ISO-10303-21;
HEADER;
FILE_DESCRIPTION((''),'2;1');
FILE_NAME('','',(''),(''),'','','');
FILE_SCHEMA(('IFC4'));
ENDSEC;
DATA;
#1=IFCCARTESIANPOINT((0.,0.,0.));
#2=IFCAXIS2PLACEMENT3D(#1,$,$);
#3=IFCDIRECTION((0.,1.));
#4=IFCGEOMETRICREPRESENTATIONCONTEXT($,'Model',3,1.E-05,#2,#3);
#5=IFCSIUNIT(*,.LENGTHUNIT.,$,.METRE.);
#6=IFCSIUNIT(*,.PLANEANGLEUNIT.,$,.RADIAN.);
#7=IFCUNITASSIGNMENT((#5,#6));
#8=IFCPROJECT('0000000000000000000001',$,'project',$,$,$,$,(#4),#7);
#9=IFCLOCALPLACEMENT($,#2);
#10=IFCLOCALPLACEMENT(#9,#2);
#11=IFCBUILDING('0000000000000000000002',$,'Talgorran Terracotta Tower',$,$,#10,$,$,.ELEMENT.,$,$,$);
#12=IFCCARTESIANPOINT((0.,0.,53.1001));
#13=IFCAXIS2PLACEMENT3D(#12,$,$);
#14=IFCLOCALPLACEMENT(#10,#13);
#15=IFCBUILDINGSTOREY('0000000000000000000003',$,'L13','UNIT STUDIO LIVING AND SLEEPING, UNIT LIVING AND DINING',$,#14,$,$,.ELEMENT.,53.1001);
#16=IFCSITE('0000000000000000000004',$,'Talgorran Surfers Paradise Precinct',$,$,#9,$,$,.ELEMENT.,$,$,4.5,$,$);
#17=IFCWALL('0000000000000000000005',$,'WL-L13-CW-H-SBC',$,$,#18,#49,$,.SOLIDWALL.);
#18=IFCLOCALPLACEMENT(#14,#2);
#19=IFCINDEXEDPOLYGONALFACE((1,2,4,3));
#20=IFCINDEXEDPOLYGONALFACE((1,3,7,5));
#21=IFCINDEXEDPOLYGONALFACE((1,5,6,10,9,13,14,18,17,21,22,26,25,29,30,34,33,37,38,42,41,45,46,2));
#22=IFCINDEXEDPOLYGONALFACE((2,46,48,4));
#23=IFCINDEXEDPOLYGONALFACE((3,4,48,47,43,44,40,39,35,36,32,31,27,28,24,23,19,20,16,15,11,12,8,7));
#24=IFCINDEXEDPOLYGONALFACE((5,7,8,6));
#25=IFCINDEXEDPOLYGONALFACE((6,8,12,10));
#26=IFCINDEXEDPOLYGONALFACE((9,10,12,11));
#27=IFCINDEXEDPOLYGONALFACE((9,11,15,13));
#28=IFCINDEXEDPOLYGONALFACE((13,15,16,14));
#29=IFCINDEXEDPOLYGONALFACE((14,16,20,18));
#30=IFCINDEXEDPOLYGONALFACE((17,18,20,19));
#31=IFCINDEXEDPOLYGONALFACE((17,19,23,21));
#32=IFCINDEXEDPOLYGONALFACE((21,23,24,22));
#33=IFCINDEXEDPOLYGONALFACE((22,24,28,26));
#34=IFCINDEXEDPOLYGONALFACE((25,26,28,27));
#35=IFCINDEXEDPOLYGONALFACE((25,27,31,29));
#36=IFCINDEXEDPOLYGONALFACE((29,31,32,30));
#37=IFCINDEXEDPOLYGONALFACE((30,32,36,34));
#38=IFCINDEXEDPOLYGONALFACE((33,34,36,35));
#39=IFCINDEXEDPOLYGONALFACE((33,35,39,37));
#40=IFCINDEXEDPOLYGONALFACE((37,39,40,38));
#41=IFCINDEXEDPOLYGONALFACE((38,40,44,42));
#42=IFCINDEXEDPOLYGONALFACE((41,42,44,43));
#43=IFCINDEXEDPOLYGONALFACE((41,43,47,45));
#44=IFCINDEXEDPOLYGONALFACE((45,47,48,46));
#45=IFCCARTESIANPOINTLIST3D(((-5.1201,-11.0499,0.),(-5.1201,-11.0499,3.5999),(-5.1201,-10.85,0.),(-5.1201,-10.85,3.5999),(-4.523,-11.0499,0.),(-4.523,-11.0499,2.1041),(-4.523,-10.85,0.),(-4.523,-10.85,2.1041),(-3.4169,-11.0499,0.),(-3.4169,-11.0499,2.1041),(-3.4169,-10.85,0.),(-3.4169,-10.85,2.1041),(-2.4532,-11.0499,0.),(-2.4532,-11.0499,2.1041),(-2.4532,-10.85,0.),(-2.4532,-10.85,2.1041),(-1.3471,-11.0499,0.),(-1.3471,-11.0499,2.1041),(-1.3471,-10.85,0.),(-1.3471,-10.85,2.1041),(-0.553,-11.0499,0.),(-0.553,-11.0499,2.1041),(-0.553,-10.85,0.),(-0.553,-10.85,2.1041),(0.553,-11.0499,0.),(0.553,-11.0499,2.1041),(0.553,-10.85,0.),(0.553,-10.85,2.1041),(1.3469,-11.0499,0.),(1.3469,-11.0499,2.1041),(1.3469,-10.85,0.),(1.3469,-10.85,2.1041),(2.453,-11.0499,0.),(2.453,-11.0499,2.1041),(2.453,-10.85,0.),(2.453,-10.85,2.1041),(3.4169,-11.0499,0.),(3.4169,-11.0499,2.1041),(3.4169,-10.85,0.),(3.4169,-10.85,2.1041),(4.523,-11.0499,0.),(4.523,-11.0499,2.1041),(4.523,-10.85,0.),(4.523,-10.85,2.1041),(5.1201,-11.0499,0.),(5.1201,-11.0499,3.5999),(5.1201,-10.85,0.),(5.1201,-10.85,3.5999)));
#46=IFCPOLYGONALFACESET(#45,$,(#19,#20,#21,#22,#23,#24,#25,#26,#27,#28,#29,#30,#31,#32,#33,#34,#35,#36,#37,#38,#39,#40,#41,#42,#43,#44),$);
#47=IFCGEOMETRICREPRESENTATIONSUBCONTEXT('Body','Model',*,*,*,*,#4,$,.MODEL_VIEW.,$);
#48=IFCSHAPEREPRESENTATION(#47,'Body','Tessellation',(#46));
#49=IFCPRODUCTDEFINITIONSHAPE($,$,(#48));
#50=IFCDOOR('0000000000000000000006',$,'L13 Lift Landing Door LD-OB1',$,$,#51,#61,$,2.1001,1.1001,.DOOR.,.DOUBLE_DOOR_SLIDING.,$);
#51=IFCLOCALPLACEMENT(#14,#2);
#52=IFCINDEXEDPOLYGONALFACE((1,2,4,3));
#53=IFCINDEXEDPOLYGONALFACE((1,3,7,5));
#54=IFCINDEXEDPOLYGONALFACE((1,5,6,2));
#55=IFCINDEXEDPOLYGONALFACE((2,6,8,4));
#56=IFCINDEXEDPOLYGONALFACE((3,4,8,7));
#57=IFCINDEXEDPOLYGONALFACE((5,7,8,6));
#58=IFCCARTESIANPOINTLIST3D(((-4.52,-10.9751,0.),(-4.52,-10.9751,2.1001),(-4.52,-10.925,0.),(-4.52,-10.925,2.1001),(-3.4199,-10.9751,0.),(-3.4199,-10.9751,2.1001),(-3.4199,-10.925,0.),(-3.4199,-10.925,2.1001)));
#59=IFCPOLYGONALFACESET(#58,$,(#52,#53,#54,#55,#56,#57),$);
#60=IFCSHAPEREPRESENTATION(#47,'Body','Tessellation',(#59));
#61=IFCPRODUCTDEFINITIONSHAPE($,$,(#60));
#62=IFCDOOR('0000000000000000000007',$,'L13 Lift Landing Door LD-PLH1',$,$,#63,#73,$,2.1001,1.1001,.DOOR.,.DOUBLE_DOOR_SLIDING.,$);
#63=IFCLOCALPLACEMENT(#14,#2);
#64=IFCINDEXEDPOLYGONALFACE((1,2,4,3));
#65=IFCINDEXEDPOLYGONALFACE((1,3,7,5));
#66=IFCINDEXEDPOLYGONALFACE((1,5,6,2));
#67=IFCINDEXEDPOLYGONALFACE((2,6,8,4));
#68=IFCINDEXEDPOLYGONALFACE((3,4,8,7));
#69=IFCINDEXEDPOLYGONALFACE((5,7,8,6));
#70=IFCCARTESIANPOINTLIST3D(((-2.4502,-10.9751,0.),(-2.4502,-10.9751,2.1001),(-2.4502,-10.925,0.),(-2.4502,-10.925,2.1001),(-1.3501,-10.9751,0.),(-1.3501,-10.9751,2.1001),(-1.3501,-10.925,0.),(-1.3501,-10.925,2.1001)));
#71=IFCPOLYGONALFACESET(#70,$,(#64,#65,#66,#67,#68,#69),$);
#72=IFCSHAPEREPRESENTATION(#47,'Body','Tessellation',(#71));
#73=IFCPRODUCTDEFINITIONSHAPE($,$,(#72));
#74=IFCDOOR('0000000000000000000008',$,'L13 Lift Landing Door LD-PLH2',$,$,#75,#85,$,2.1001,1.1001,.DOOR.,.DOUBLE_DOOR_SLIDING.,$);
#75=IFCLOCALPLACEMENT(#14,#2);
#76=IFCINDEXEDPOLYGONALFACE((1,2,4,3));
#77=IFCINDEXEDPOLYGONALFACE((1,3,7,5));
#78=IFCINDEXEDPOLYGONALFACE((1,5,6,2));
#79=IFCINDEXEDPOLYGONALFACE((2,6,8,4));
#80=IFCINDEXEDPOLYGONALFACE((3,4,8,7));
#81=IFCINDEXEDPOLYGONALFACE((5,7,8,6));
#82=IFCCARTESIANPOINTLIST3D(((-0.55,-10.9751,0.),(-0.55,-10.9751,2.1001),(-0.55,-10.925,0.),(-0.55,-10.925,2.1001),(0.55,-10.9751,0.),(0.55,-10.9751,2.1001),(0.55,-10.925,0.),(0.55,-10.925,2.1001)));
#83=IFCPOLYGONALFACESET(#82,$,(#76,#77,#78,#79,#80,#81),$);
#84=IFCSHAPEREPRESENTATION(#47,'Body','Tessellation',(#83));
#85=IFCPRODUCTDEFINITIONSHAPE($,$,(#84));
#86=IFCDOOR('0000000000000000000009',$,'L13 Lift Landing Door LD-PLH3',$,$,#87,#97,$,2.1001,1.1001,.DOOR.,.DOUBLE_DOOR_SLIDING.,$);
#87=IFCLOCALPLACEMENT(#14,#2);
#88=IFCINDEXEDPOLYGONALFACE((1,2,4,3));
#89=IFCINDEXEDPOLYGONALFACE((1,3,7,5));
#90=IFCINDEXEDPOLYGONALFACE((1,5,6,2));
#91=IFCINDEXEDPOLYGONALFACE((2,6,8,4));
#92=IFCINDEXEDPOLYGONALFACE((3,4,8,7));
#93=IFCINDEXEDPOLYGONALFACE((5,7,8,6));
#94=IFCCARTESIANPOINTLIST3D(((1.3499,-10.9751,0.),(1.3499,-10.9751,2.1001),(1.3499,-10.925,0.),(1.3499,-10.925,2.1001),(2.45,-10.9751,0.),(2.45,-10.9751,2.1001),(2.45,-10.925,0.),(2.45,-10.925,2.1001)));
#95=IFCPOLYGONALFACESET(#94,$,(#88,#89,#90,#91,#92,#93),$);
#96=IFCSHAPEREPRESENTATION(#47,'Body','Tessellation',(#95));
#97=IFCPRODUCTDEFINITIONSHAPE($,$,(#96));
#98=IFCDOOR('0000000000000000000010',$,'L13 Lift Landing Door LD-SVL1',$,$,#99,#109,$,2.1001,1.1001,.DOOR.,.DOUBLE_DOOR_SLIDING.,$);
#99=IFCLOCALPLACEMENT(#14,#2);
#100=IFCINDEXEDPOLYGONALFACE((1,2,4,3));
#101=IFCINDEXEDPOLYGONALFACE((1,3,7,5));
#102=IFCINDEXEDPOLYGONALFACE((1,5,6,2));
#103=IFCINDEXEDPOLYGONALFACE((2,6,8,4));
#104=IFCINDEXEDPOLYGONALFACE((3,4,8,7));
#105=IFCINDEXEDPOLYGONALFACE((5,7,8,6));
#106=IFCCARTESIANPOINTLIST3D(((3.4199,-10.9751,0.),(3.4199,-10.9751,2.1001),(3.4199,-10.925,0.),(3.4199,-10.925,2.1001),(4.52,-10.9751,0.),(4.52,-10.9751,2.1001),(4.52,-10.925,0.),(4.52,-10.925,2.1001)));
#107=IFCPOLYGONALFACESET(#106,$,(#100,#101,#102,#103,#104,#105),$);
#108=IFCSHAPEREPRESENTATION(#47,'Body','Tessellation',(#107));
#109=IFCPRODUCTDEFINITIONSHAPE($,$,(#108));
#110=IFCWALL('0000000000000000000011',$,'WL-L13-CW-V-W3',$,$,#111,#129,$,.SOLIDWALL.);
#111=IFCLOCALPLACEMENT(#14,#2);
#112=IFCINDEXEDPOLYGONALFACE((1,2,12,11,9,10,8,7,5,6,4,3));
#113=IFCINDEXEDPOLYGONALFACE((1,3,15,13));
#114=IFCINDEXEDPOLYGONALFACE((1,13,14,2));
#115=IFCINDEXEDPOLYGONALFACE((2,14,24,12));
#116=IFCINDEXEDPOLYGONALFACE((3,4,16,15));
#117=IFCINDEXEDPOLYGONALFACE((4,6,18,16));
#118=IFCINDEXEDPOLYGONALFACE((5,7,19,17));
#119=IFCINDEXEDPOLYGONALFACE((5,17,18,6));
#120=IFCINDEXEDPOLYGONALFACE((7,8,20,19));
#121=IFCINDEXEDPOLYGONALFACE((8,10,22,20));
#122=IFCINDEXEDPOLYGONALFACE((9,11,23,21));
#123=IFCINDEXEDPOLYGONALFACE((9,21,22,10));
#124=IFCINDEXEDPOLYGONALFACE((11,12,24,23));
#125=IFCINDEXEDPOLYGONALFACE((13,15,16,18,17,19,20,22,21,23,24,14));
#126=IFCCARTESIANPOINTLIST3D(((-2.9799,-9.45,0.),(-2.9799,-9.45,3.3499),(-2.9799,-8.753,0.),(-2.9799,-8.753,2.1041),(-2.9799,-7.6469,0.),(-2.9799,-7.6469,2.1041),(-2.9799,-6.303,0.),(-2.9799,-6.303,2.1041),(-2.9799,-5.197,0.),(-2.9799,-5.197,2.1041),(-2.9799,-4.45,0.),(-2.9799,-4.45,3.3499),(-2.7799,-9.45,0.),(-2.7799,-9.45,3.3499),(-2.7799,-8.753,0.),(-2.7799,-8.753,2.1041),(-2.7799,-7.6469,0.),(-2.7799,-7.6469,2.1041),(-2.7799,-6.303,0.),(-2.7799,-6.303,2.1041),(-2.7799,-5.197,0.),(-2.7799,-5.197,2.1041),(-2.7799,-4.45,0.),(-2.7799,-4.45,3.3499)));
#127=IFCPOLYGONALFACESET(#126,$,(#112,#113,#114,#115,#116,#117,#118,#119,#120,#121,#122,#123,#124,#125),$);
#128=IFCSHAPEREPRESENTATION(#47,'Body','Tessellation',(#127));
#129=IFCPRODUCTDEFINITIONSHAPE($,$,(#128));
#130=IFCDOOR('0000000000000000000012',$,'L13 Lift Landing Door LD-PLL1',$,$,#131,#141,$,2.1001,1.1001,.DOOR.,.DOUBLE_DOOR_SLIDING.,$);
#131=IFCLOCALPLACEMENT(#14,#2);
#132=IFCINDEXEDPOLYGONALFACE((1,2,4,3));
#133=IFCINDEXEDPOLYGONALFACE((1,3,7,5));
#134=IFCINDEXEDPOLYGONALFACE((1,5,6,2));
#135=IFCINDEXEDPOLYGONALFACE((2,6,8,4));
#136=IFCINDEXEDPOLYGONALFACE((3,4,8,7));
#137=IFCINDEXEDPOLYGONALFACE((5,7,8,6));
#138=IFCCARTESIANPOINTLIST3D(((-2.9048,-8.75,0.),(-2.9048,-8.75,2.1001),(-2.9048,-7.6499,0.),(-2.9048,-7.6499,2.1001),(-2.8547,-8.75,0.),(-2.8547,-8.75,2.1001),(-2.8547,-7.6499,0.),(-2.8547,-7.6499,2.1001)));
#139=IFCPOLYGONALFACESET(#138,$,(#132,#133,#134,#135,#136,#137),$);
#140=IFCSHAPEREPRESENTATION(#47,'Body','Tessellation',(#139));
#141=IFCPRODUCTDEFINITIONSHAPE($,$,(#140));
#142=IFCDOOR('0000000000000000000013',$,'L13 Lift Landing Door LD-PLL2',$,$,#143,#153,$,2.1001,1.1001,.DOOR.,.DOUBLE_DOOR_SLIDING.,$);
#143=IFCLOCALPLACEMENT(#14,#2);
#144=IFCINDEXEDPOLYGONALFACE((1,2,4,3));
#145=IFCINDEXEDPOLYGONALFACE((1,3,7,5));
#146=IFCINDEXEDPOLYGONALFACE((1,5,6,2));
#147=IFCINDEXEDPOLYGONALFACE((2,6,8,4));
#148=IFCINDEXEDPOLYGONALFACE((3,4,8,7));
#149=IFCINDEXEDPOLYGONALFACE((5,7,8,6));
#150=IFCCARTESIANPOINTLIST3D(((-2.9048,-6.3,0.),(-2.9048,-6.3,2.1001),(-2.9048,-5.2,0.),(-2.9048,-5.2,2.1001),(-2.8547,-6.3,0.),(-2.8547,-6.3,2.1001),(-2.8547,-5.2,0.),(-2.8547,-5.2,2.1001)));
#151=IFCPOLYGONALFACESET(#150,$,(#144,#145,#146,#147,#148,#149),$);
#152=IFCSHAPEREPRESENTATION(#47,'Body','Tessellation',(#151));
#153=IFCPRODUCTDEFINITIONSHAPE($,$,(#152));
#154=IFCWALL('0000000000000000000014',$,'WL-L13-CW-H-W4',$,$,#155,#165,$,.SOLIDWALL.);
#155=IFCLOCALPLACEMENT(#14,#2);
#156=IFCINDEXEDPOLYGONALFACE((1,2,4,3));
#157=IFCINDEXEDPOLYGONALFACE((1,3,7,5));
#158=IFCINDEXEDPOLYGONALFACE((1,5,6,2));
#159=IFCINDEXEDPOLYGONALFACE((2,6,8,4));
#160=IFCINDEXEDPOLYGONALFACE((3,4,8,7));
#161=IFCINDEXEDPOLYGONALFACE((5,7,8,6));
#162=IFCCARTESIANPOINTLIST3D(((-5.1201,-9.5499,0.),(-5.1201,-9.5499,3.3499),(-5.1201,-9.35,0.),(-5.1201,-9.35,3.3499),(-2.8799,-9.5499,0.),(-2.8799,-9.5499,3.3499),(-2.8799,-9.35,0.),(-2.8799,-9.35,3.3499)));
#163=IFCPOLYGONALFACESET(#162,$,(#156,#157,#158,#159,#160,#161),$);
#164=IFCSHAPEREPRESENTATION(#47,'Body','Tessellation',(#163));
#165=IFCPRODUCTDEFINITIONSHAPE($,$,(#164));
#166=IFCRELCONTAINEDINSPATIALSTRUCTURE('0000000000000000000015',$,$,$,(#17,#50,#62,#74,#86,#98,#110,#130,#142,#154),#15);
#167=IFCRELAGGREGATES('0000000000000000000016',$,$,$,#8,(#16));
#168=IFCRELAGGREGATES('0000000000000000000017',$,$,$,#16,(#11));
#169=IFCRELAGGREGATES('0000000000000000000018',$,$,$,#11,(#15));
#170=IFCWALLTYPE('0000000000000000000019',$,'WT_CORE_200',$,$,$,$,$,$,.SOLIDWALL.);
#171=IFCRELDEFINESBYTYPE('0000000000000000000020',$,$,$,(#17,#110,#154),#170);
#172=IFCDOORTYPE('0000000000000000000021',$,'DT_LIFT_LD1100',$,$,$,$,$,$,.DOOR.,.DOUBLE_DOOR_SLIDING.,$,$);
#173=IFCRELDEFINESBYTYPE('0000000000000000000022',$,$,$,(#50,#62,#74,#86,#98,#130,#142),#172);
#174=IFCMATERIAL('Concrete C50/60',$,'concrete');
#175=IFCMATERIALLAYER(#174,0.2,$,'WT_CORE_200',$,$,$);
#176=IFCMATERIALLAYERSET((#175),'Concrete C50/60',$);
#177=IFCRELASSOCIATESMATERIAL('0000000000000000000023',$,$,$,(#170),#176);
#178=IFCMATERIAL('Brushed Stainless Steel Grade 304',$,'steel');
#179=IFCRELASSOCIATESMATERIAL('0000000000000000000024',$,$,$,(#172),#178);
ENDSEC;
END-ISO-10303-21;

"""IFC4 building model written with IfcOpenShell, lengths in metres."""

from ifc_helpers import new_model, si_unit, direction, frame, frame_2d, origin, place, context, subcontext, project, spatial, rectangle, extrude, material, layer, layer_set, type_object, element, fill, save


model = new_model("IFC4")

# Units and contexts
model_context = context("Model", 3, precision=1e-05, world=origin(), true_north=direction((0.0, 1.0)))
body_context = subcontext(model_context, "Body", "Model", "MODEL_VIEW")
ifc_project = project(units=[si_unit("LENGTHUNIT", "METRE"), si_unit("PLANEANGLEUNIT", "RADIAN")], contexts=[model_context])

# Site, building, storey
site_placement = place(None, origin())
site = spatial("IfcSite", under=ifc_project, at=site_placement, Name="Talgorran Surfers Paradise Precinct", CompositionType="ELEMENT", RefElevation=4.5)
building_placement = place(site_placement, origin())
building = spatial("IfcBuilding", under=site, at=building_placement, Name="Talgorran Terracotta Tower", CompositionType="ELEMENT")
storey_placement = place(building_placement, frame((0.0, 0.0, 53.1001)))
storey = spatial("IfcBuildingStorey", under=building, at=storey_placement, Name="L13", Description="UNIT STUDIO LIVING AND SLEEPING, UNIT LIVING AND DINING", CompositionType="ELEMENT", Elevation=53.1001)

# Walls, openings, doors
ifc_material_1 = material(Name="Concrete C50/60", Category="concrete")
ifc_layer_1 = layer(ifc_material_1, 0.2, Name="WT_CORE_200")
ifc_layer_set_1 = layer_set([ifc_layer_1], Name="Concrete C50/60")
wall_type_1 = type_object("IfcWallType", Name="WT_CORE_200", PredefinedType="SOLIDWALL", material=ifc_layer_set_1)
ifc_material_2 = material(Name="Brushed Stainless Steel Grade 304", Category="steel")
door_type_1 = type_object("IfcDoorType", Name="DT_LIFT_LD1100", OperationType="DOUBLE_DOOR_SLIDING", PredefinedType="DOOR", material=ifc_material_2)
wall_1_placement = place(storey_placement, frame((-5.1201, -10.95, 0.0), z_axis=(0.0, 0.0, 1.0), x_axis=(1.0, 0.0, 0.0)))
wall_1 = element("IfcWall", 1, at=wall_1_placement, inside=storey, type_object=wall_type_1, Name="WL-L13-CW-H-SBC", PredefinedType="SOLIDWALL", context=body_context, shape_type="SweptSolid", body=[
    extrude(rectangle(XDim=10.2402, YDim=0.2, at=frame_2d((5.1201, 0.0))), origin(), (0.0, 0.0, 1.0), 3.5999),
])
opening_1_placement = place(wall_1_placement, frame((0.6001, 0.0, 0.0)))
opening_1 = element("IfcOpeningElement", 2, at=opening_1_placement, cuts=wall_1, PredefinedType="OPENING", context=body_context, shape_type="SweptSolid", body=[
    extrude(rectangle(XDim=1.1061, YDim=2.1041, at=frame_2d((0.55, 1.052))), frame((0.0, 0.1099, 0.0), z_axis=(0.0, -1.0, 0.0), x_axis=(1.0, 0.0, 0.0)), (0.0, 0.0, 1.0), 0.22),
])
opening_2_placement = place(wall_1_placement, frame((2.6699, 0.0, 0.0)))
opening_2 = element("IfcOpeningElement", 3, at=opening_2_placement, cuts=wall_1, PredefinedType="OPENING", context=body_context, shape_type="SweptSolid", body=[
    extrude(rectangle(XDim=1.1061, YDim=2.1041, at=frame_2d((0.55, 1.052))), frame((0.0, 0.1099, 0.0), z_axis=(0.0, -1.0, 0.0), x_axis=(1.0, 0.0, 0.0)), (0.0, 0.0, 1.0), 0.22),
])
opening_3_placement = place(wall_1_placement, frame((4.5701, 0.0, 0.0)))
opening_3 = element("IfcOpeningElement", 4, at=opening_3_placement, cuts=wall_1, PredefinedType="OPENING", context=body_context, shape_type="SweptSolid", body=[
    extrude(rectangle(XDim=1.1061, YDim=2.1041, at=frame_2d((0.55, 1.052))), frame((0.0, 0.1099, 0.0), z_axis=(0.0, -1.0, 0.0), x_axis=(1.0, 0.0, 0.0)), (0.0, 0.0, 1.0), 0.22),
])
opening_4_placement = place(wall_1_placement, frame((6.47, 0.0, 0.0)))
opening_4 = element("IfcOpeningElement", 5, at=opening_4_placement, cuts=wall_1, PredefinedType="OPENING", context=body_context, shape_type="SweptSolid", body=[
    extrude(rectangle(XDim=1.1061, YDim=2.1041, at=frame_2d((0.55, 1.052))), frame((0.0, 0.1099, 0.0), z_axis=(0.0, -1.0, 0.0), x_axis=(1.0, 0.0, 0.0)), (0.0, 0.0, 1.0), 0.22),
])
opening_5_placement = place(wall_1_placement, frame((8.54, 0.0, 0.0)))
opening_5 = element("IfcOpeningElement", 6, at=opening_5_placement, cuts=wall_1, PredefinedType="OPENING", context=body_context, shape_type="SweptSolid", body=[
    extrude(rectangle(XDim=1.1061, YDim=2.1041, at=frame_2d((0.55, 1.052))), frame((0.0, 0.1099, 0.0), z_axis=(0.0, -1.0, 0.0), x_axis=(1.0, 0.0, 0.0)), (0.0, 0.0, 1.0), 0.22),
])
door_1_placement = place(opening_1_placement, origin())
door_1 = element("IfcDoor", 7, at=door_1_placement, inside=storey, type_object=door_type_1, Name="L13 Lift Landing Door LD-OB1", OperationType="DOUBLE_DOOR_SLIDING", OverallHeight=2.1001, OverallWidth=1.1001, PredefinedType="DOOR", context=body_context, shape_type="SweptSolid", body=[
    extrude(rectangle(XDim=1.1001, YDim=2.1001, at=frame_2d((0.55, 1.05))), frame((0.0, 0.0249, 0.0), z_axis=(0.0, -1.0, 0.0), x_axis=(1.0, 0.0, 0.0)), (0.0, 0.0, 1.0), 0.05),
])
fill(opening_1, door_1)
door_2_placement = place(opening_2_placement, origin())
door_2 = element("IfcDoor", 8, at=door_2_placement, inside=storey, type_object=door_type_1, Name="L13 Lift Landing Door LD-PLH1", OperationType="DOUBLE_DOOR_SLIDING", OverallHeight=2.1001, OverallWidth=1.1001, PredefinedType="DOOR", context=body_context, shape_type="SweptSolid", body=[
    extrude(rectangle(XDim=1.1001, YDim=2.1001, at=frame_2d((0.55, 1.05))), frame((0.0, 0.0249, 0.0), z_axis=(0.0, -1.0, 0.0), x_axis=(1.0, 0.0, 0.0)), (0.0, 0.0, 1.0), 0.05),
])
fill(opening_2, door_2)
door_3_placement = place(opening_3_placement, origin())
door_3 = element("IfcDoor", 9, at=door_3_placement, inside=storey, type_object=door_type_1, Name="L13 Lift Landing Door LD-PLH2", OperationType="DOUBLE_DOOR_SLIDING", OverallHeight=2.1001, OverallWidth=1.1001, PredefinedType="DOOR", context=body_context, shape_type="SweptSolid", body=[
    extrude(rectangle(XDim=1.1001, YDim=2.1001, at=frame_2d((0.55, 1.05))), frame((0.0, 0.0249, 0.0), z_axis=(0.0, -1.0, 0.0), x_axis=(1.0, 0.0, 0.0)), (0.0, 0.0, 1.0), 0.05),
])
fill(opening_3, door_3)
door_4_placement = place(opening_4_placement, origin())
door_4 = element("IfcDoor", 10, at=door_4_placement, inside=storey, type_object=door_type_1, Name="L13 Lift Landing Door LD-PLH3", OperationType="DOUBLE_DOOR_SLIDING", OverallHeight=2.1001, OverallWidth=1.1001, PredefinedType="DOOR", context=body_context, shape_type="SweptSolid", body=[
    extrude(rectangle(XDim=1.1001, YDim=2.1001, at=frame_2d((0.55, 1.05))), frame((0.0, 0.0249, 0.0), z_axis=(0.0, -1.0, 0.0), x_axis=(1.0, 0.0, 0.0)), (0.0, 0.0, 1.0), 0.05),
])
fill(opening_4, door_4)
door_5_placement = place(opening_5_placement, origin())
door_5 = element("IfcDoor", 11, at=door_5_placement, inside=storey, type_object=door_type_1, Name="L13 Lift Landing Door LD-SVL1", OperationType="DOUBLE_DOOR_SLIDING", OverallHeight=2.1001, OverallWidth=1.1001, PredefinedType="DOOR", context=body_context, shape_type="SweptSolid", body=[
    extrude(rectangle(XDim=1.1001, YDim=2.1001, at=frame_2d((0.55, 1.05))), frame((0.0, 0.0249, 0.0), z_axis=(0.0, -1.0, 0.0), x_axis=(1.0, 0.0, 0.0)), (0.0, 0.0, 1.0), 0.05),
])
fill(opening_5, door_5)
wall_2_placement = place(storey_placement, frame((-2.8799, -9.45, 0.0), z_axis=(0.0, 0.0, 1.0), x_axis=(0.0, 1.0, 0.0)))
wall_2 = element("IfcWall", 12, at=wall_2_placement, inside=storey, type_object=wall_type_1, Name="WL-L13-CW-V-W3", PredefinedType="SOLIDWALL", context=body_context, shape_type="SweptSolid", body=[
    extrude(rectangle(XDim=5.0, YDim=0.2, at=frame_2d((2.5, 0.0))), origin(), (0.0, 0.0, 1.0), 3.3499),
])
opening_6_placement = place(wall_2_placement, frame((0.7, 0.0, 0.0)))
opening_6 = element("IfcOpeningElement", 13, at=opening_6_placement, cuts=wall_2, PredefinedType="OPENING", context=body_context, shape_type="SweptSolid", body=[
    extrude(rectangle(XDim=1.1061, YDim=2.1041, at=frame_2d((0.55, 1.052))), frame((0.0, 0.1099, 0.0), z_axis=(0.0, -1.0, 0.0), x_axis=(1.0, 0.0, 0.0)), (0.0, 0.0, 1.0), 0.22),
])
opening_7_placement = place(wall_2_placement, frame((3.1499, 0.0, 0.0)))
opening_7 = element("IfcOpeningElement", 14, at=opening_7_placement, cuts=wall_2, PredefinedType="OPENING", context=body_context, shape_type="SweptSolid", body=[
    extrude(rectangle(XDim=1.1061, YDim=2.1041, at=frame_2d((0.55, 1.052))), frame((0.0, 0.1099, 0.0), z_axis=(0.0, -1.0, 0.0), x_axis=(1.0, 0.0, 0.0)), (0.0, 0.0, 1.0), 0.22),
])
door_6_placement = place(opening_6_placement, origin())
door_6 = element("IfcDoor", 15, at=door_6_placement, inside=storey, type_object=door_type_1, Name="L13 Lift Landing Door LD-PLL1", OperationType="DOUBLE_DOOR_SLIDING", OverallHeight=2.1001, OverallWidth=1.1001, PredefinedType="DOOR", context=body_context, shape_type="SweptSolid", body=[
    extrude(rectangle(XDim=1.1001, YDim=2.1001, at=frame_2d((0.55, 1.05))), frame((0.0, 0.0249, 0.0), z_axis=(0.0, -1.0, 0.0), x_axis=(1.0, 0.0, 0.0)), (0.0, 0.0, 1.0), 0.05),
])
fill(opening_6, door_6)
door_7_placement = place(opening_7_placement, origin())
door_7 = element("IfcDoor", 16, at=door_7_placement, inside=storey, type_object=door_type_1, Name="L13 Lift Landing Door LD-PLL2", OperationType="DOUBLE_DOOR_SLIDING", OverallHeight=2.1001, OverallWidth=1.1001, PredefinedType="DOOR", context=body_context, shape_type="SweptSolid", body=[
    extrude(rectangle(XDim=1.1001, YDim=2.1001, at=frame_2d((0.55, 1.05))), frame((0.0, 0.0249, 0.0), z_axis=(0.0, -1.0, 0.0), x_axis=(1.0, 0.0, 0.0)), (0.0, 0.0, 1.0), 0.05),
])
fill(opening_7, door_7)

# Wall
wall_3_placement = place(storey_placement, frame((-5.1201, -9.45, 0.0), z_axis=(0.0, 0.0, 1.0), x_axis=(1.0, 0.0, 0.0)))
element("IfcWall", 17, at=wall_3_placement, inside=storey, type_object=wall_type_1, Name="WL-L13-CW-H-W4", PredefinedType="SOLIDWALL", context=body_context, shape_type="SweptSolid", body=[
    extrude(rectangle(XDim=2.2402, YDim=0.2, at=frame_2d((1.1201, 0.0))), origin(), (0.0, 0.0, 1.0), 3.3499),
])

save(model, "model.ifc")
